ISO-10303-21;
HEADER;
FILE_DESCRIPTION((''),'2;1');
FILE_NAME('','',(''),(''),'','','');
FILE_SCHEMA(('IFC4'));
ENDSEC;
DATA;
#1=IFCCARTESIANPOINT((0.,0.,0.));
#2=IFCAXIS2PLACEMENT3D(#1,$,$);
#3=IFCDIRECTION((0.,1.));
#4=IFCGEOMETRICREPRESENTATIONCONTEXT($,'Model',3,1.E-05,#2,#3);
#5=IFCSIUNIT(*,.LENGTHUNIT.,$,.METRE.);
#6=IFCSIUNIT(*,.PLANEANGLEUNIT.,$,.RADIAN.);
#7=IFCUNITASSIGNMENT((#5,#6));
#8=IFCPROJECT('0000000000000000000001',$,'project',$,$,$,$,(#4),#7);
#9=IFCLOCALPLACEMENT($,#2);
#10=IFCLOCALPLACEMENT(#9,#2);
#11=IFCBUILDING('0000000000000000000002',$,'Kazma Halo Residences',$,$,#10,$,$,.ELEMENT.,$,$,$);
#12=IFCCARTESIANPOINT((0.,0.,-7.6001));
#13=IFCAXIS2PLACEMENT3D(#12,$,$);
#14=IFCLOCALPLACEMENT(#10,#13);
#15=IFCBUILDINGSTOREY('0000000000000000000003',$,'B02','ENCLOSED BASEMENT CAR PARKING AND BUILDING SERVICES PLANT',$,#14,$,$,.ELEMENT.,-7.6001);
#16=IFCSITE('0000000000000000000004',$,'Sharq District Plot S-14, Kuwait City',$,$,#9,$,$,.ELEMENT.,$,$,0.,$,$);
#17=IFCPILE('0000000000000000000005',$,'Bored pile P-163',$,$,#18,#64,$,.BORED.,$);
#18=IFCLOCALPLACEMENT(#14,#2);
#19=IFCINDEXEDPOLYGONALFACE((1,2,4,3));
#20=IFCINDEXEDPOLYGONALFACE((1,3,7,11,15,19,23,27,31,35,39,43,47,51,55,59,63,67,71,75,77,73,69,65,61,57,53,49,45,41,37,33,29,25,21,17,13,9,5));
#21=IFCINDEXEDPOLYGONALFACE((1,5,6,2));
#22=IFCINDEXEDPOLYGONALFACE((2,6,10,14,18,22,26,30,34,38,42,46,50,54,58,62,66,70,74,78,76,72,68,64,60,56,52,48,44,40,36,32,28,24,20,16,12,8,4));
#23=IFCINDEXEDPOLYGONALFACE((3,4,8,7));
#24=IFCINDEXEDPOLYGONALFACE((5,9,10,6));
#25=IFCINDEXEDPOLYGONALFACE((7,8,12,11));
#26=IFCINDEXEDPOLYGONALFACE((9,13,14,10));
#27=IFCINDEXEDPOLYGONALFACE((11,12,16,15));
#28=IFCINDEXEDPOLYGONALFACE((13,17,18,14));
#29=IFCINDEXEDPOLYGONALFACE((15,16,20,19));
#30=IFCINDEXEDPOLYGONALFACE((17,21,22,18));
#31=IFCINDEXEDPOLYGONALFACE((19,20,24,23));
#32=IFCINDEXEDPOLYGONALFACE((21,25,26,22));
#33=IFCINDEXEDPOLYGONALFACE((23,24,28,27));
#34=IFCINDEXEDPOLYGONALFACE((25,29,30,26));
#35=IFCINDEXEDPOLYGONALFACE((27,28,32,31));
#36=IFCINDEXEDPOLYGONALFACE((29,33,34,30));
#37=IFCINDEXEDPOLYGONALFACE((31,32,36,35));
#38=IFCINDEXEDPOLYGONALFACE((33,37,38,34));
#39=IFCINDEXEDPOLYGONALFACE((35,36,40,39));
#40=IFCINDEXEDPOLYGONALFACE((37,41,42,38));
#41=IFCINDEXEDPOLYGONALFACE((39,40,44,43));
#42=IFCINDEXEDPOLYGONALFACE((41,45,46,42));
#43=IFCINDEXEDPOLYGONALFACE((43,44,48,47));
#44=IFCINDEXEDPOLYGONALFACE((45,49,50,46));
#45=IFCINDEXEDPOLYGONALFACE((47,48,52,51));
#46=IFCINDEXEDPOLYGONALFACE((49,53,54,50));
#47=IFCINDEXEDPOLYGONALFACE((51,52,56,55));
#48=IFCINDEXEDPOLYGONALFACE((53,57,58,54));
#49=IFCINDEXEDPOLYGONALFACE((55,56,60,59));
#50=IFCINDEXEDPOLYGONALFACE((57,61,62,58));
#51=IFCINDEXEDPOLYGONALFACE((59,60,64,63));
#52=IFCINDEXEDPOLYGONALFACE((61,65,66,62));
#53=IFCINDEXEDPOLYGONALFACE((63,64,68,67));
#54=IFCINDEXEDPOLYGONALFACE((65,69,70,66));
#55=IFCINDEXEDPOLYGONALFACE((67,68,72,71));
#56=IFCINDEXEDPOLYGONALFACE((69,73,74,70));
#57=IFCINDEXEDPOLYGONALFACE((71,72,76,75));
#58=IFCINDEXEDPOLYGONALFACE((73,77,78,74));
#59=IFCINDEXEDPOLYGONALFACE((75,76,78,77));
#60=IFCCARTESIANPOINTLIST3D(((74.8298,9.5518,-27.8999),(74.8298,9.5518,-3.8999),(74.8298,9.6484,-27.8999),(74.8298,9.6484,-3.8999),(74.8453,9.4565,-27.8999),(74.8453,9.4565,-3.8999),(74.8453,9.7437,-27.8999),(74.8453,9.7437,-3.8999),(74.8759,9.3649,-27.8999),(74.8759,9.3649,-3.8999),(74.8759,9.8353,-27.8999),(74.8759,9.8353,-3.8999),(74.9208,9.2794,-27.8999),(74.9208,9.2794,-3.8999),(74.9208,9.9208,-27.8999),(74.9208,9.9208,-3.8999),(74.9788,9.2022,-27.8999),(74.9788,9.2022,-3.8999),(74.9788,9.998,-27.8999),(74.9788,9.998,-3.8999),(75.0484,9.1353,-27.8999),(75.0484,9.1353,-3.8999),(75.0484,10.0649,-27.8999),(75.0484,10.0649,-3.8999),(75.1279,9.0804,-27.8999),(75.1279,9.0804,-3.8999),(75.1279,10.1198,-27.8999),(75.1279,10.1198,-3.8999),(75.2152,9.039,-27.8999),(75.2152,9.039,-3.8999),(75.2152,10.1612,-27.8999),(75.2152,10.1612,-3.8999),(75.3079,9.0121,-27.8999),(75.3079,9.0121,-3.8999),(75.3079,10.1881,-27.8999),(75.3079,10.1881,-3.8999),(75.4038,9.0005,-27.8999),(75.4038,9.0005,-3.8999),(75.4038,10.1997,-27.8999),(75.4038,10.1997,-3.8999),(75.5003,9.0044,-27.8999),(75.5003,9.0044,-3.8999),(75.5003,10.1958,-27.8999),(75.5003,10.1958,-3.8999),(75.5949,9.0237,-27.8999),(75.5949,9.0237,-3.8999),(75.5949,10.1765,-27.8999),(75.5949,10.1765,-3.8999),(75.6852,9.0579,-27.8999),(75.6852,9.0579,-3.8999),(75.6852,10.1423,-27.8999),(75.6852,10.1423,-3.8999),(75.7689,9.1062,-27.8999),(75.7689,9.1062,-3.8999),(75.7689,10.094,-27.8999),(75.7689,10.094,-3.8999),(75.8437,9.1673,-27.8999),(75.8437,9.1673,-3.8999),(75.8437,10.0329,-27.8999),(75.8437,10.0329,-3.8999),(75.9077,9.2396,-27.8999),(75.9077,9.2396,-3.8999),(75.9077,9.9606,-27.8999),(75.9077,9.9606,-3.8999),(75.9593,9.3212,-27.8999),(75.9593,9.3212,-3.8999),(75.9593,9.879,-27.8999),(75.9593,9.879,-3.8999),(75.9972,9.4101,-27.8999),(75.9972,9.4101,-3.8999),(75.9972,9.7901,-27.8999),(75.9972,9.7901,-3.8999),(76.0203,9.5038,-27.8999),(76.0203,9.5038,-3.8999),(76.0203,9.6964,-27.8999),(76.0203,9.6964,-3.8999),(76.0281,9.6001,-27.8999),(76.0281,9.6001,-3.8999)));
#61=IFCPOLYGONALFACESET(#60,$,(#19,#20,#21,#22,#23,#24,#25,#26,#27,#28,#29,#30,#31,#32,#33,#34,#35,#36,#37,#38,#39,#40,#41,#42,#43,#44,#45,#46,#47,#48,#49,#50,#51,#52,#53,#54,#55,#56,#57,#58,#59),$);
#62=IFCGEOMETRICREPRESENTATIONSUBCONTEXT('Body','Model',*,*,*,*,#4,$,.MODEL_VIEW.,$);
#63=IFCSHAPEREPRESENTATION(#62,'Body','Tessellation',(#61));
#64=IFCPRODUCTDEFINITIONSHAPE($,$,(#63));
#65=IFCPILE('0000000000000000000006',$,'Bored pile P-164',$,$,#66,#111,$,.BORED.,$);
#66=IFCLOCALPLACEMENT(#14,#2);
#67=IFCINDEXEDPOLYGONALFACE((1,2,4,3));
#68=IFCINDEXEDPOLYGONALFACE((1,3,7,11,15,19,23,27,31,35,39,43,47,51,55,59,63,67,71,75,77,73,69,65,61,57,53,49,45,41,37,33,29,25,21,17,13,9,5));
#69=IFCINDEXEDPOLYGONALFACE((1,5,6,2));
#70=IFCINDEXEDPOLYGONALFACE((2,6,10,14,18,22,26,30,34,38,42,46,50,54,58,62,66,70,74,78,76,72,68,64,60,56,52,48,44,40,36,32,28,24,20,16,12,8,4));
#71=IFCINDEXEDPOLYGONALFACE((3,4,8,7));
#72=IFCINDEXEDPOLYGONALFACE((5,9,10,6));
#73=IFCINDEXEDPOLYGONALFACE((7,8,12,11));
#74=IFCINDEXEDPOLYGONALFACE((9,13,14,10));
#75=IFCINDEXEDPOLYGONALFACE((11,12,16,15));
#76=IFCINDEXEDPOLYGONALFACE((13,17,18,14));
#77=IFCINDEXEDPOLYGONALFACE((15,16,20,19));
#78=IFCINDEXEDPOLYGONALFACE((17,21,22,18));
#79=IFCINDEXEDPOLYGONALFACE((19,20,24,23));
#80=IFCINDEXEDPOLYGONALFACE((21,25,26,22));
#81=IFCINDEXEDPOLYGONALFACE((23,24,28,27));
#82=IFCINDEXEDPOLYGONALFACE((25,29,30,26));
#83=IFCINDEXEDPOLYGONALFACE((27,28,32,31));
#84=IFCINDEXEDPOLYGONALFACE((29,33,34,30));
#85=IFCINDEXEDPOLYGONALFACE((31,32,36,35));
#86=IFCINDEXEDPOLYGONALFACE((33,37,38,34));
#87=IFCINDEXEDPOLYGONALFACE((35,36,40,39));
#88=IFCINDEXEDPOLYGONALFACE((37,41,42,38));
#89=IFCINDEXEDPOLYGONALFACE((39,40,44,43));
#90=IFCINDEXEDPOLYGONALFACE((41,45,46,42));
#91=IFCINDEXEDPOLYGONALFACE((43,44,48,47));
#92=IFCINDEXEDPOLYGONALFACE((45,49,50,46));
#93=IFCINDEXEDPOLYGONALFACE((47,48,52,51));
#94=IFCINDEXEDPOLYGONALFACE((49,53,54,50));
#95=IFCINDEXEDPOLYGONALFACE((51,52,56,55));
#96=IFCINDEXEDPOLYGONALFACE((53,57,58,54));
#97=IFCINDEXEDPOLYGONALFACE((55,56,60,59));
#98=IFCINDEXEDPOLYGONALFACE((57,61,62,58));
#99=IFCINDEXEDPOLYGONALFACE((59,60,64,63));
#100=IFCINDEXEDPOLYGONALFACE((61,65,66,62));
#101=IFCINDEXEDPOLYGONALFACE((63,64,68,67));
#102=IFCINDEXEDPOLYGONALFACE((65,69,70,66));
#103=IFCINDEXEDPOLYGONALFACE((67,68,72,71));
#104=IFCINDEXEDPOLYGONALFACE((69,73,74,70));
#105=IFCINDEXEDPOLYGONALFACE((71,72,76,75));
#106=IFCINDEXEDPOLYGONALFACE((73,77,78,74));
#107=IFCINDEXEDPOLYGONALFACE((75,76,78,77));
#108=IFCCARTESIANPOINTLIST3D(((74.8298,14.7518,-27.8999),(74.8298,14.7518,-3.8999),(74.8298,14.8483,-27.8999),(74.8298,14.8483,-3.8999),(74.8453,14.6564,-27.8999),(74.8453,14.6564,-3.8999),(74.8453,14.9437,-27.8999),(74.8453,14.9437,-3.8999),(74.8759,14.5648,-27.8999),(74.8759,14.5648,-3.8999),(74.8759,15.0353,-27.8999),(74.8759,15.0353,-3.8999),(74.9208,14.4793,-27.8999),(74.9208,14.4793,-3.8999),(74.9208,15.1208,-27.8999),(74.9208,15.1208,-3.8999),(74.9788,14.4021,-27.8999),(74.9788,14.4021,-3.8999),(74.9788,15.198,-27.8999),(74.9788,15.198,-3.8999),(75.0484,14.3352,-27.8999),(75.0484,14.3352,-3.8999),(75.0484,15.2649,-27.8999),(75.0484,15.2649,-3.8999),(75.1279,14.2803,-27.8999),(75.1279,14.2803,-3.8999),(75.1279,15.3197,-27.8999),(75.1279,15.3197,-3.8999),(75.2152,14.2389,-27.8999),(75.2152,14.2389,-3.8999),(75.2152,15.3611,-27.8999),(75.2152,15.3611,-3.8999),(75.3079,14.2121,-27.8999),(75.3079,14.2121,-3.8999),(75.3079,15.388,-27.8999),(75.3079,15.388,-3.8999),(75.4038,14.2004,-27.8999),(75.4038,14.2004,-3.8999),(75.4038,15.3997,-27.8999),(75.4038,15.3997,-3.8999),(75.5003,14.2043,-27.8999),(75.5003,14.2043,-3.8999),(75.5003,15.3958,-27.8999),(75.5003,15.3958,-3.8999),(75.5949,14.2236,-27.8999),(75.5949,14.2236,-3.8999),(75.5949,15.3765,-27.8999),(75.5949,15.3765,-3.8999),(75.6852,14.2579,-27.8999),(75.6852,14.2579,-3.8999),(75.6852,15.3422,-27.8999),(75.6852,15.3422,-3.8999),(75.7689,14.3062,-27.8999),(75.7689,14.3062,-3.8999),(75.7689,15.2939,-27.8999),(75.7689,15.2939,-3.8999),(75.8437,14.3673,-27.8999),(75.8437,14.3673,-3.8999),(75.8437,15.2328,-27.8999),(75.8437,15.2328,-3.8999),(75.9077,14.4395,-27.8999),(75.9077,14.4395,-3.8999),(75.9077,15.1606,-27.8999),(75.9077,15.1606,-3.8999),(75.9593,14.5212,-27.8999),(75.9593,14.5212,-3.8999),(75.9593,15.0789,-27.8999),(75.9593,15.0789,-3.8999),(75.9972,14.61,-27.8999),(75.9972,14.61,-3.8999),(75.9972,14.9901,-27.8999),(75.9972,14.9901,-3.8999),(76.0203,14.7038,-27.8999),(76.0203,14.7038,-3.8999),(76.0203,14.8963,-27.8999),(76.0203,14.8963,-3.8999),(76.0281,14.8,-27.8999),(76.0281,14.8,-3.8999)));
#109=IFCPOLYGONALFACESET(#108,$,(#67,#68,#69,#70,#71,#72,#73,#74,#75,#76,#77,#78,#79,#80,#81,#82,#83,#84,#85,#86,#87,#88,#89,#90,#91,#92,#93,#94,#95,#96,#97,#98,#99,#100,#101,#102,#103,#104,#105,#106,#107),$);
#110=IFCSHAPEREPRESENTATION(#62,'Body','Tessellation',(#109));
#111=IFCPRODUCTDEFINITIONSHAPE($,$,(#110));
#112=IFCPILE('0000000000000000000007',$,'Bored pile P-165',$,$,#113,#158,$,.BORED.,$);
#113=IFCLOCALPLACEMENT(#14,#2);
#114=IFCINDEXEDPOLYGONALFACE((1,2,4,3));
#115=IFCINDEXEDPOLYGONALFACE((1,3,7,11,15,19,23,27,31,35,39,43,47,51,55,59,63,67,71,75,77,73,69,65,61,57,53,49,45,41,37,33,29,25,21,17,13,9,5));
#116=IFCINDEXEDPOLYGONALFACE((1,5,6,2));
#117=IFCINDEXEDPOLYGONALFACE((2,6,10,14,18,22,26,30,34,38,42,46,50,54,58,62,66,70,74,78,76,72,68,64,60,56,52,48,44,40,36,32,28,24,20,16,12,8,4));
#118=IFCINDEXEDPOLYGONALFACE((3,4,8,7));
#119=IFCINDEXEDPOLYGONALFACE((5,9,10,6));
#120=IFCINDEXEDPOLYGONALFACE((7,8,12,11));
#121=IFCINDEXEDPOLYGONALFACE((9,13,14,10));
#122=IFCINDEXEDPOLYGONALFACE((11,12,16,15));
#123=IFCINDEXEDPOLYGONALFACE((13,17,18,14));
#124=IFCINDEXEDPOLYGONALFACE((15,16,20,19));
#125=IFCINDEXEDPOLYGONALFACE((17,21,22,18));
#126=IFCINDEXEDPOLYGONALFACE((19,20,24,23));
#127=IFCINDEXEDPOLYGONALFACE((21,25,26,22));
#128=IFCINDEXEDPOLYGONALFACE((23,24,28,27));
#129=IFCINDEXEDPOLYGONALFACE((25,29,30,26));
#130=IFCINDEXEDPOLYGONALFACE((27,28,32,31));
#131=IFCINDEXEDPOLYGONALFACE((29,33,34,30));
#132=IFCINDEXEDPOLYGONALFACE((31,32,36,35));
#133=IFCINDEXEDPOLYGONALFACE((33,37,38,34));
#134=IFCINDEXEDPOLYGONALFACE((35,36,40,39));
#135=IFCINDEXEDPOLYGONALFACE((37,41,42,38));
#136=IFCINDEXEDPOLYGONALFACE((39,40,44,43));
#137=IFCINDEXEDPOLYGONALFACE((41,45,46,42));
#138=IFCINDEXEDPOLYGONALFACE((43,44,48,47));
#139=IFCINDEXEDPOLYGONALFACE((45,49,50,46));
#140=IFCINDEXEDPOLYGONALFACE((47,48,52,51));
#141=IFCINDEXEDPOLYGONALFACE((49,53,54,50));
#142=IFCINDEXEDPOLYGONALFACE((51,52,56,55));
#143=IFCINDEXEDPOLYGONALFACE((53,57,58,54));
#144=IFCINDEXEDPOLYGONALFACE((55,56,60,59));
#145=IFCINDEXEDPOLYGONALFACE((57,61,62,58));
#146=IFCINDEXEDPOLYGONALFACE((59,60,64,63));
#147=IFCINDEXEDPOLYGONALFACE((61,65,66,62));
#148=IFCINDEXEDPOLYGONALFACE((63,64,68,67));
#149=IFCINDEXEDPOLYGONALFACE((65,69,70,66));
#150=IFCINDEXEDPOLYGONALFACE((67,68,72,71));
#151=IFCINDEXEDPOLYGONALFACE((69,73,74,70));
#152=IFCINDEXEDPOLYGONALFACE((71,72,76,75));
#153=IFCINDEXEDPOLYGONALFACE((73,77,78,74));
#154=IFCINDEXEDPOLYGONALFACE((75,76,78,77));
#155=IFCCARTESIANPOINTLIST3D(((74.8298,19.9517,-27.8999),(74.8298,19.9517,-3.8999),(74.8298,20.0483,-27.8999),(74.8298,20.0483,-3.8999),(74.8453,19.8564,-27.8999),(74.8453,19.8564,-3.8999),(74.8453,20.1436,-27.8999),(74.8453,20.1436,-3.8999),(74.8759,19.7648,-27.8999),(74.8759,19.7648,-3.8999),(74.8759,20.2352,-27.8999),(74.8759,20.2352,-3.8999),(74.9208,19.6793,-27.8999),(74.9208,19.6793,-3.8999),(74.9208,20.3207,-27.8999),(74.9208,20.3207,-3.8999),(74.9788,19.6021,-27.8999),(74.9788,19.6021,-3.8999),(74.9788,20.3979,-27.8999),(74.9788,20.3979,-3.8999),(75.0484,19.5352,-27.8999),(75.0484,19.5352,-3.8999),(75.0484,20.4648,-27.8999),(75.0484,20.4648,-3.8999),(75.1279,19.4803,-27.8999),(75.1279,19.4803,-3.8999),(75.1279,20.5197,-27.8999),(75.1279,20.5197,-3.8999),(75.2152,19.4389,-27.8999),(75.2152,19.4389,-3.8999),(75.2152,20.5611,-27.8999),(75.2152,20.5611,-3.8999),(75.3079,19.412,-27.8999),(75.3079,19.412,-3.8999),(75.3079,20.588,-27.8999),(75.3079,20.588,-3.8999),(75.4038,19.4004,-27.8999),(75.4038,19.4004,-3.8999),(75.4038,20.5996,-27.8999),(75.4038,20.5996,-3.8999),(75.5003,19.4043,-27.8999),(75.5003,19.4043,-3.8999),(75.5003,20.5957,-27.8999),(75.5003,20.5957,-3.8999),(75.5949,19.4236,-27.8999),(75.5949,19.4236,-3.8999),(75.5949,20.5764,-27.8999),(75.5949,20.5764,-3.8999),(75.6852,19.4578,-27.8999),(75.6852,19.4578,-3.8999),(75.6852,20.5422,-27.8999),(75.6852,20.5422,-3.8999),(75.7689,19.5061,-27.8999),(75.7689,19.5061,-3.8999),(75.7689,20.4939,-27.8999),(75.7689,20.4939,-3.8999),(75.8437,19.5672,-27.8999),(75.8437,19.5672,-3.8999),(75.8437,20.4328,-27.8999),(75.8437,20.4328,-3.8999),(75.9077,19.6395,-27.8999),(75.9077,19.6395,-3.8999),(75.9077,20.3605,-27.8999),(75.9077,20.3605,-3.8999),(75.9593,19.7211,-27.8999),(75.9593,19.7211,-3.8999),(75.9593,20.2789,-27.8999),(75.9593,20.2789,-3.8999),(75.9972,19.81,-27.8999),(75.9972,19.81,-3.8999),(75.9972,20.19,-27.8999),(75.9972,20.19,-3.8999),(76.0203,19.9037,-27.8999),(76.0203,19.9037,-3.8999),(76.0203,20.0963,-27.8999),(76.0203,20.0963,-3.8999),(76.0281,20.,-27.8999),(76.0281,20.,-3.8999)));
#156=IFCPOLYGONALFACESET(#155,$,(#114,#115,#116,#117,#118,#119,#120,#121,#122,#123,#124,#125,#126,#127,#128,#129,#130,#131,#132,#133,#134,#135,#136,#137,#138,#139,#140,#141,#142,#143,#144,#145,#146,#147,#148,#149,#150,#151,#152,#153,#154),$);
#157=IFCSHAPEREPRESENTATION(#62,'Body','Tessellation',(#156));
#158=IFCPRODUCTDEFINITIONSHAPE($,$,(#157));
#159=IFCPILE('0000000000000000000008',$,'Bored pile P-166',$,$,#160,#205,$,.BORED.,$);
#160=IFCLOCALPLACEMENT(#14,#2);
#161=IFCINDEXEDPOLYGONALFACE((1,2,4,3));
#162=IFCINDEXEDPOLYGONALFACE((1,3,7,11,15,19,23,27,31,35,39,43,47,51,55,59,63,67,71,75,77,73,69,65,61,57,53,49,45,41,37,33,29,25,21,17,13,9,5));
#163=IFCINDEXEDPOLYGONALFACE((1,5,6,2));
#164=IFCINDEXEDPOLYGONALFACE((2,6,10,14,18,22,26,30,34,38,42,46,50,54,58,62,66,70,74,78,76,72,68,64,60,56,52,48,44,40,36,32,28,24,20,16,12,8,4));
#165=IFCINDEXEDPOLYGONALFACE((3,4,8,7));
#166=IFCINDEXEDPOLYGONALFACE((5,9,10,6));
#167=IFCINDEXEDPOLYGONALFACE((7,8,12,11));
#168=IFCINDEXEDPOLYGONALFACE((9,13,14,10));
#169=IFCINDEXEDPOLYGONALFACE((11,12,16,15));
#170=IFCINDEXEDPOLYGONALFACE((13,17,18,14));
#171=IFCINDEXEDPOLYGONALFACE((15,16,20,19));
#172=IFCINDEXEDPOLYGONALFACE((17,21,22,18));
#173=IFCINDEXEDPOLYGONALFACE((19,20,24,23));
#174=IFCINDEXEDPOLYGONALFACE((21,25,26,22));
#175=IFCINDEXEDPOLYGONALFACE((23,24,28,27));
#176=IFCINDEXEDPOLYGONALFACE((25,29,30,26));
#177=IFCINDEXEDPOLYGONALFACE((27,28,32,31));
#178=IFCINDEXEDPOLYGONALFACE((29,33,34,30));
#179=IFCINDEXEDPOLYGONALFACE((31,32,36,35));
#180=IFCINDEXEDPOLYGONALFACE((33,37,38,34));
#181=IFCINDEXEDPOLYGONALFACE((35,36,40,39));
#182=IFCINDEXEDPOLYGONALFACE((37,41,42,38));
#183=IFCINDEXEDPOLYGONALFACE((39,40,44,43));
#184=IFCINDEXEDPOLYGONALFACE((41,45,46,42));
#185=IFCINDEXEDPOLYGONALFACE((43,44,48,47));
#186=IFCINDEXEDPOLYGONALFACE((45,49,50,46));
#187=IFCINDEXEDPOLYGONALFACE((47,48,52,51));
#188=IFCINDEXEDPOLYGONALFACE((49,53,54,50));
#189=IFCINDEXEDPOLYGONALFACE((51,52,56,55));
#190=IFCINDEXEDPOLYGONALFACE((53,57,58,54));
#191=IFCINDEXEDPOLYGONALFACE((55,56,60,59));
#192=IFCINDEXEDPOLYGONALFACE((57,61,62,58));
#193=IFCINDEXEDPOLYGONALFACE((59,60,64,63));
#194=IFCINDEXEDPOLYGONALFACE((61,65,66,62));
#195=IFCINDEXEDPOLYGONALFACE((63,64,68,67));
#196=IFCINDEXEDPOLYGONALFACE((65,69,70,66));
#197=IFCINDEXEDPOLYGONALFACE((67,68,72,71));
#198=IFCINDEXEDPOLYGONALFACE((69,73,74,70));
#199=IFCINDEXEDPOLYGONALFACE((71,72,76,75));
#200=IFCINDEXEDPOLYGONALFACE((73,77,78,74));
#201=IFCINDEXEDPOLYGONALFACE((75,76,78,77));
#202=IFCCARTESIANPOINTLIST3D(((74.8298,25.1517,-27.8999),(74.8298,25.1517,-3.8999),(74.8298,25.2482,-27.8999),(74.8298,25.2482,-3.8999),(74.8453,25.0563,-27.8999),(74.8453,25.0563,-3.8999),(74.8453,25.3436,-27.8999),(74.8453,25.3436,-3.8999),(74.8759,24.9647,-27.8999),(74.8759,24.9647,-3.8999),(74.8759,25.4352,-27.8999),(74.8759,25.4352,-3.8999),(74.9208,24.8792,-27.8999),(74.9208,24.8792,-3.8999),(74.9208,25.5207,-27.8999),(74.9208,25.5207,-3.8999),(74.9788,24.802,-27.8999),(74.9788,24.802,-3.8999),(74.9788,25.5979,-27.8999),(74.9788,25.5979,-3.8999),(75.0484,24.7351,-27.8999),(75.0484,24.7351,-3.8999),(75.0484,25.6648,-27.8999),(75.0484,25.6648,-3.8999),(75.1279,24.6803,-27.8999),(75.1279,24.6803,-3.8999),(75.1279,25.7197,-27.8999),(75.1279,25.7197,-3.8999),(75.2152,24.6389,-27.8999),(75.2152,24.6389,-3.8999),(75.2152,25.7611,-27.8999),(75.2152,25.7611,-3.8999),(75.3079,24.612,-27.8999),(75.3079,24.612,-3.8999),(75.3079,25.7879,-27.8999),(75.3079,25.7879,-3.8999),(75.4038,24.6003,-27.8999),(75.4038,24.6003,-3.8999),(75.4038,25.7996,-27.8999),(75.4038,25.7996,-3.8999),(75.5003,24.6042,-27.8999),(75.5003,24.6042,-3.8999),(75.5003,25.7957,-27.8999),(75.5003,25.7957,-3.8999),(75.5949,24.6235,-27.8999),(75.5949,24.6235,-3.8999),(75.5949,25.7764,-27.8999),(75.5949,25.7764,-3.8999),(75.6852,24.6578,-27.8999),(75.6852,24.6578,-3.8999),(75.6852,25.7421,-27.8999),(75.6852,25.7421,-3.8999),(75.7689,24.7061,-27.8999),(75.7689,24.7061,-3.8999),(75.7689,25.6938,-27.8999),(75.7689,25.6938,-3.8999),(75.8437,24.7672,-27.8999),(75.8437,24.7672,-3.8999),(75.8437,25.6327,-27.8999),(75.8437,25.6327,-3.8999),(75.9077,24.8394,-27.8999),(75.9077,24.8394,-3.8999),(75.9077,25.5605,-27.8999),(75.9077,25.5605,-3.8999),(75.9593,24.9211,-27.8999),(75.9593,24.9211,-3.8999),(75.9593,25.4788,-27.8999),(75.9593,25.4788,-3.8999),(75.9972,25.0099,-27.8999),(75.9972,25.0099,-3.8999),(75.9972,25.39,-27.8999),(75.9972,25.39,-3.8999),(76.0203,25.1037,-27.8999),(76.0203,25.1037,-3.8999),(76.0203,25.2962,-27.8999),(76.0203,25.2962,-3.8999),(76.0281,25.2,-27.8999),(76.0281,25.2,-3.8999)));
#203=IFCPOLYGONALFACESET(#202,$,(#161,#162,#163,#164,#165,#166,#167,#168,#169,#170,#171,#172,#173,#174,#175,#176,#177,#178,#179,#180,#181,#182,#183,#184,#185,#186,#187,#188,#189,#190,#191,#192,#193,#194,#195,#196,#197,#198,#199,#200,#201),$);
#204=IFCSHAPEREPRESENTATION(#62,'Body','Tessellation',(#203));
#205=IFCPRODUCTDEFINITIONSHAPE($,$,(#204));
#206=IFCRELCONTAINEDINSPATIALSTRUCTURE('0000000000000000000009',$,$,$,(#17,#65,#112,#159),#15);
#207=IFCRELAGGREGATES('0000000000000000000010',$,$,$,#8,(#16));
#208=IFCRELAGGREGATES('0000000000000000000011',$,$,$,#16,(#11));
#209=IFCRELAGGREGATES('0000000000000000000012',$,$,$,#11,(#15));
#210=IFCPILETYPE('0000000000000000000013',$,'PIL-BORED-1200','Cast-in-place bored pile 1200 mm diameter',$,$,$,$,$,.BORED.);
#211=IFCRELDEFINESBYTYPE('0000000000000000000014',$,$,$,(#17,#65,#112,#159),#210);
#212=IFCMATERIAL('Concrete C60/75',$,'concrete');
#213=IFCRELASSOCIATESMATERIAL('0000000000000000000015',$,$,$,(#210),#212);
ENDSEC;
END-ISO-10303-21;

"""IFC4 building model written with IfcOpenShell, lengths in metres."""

from ifc_helpers import new_model, si_unit, direction, frame, origin, origin_2d, place, context, subcontext, project, spatial, circle, extrude, material, material_profile, profile_set, type_object, element, save


model = new_model("IFC4")

# Units and contexts
model_context = context("Model", 3, precision=1e-05, world=origin(), true_north=direction((0.0, 1.0)))
body_context = subcontext(model_context, "Body", "Model", "MODEL_VIEW")
ifc_project = project(units=[si_unit("LENGTHUNIT", "METRE"), si_unit("PLANEANGLEUNIT", "RADIAN")], contexts=[model_context])

# Site, building, storey
site_placement = place(None, origin())
site = spatial("IfcSite", under=ifc_project, at=site_placement, Name="Sharq District Plot S-14, Kuwait City", CompositionType="ELEMENT", RefElevation=0.0)
building_placement = place(site_placement, origin())
building = spatial("IfcBuilding", under=site, at=building_placement, Name="Kazma Halo Residences", CompositionType="ELEMENT")
storey_placement = place(building_placement, frame((0.0, 0.0, -7.6001)))
storey = spatial("IfcBuildingStorey", under=building, at=storey_placement, Name="B02", Description="ENCLOSED BASEMENT CAR PARKING AND BUILDING SERVICES PLANT", CompositionType="ELEMENT", Elevation=-7.6001)

# Piles
ifc_material_1 = material(Name="Concrete C60/75", Category="concrete")
ifc_material_profile_1 = material_profile(ifc_material_1, circle(Radius=0.6001, at=origin_2d()), Name="CIRC1200")
ifc_profile_set_1 = profile_set([ifc_material_profile_1], Name="Concrete C60/75")
pile_type = type_object("IfcPileType", Name="PIL-BORED-1200", Description="Cast-in-place bored pile 1200 mm diameter", PredefinedType="BORED", material=ifc_profile_set_1)
for number, where, z_axis, x_axis, name in (
    (1, (75.428, 9.6001, -3.8999), (0.0, 0.0, -1.0), (1.0, 0.0, 0.0), "Bored pile P-163"),
    (2, (75.428, 14.8, -3.8999), (0.0, 0.0, -1.0), (1.0, 0.0, 0.0), "Bored pile P-164"),
    (3, (75.428, 20.0, -3.8999), (0.0, 0.0, -1.0), (1.0, 0.0, 0.0), "Bored pile P-165"),
    (4, (75.428, 25.2, -3.8999), (0.0, 0.0, -1.0), (1.0, 0.0, 0.0), "Bored pile P-166"),
):
    element("IfcPile", number, at=place(storey_placement, frame(where, z_axis=z_axis, x_axis=x_axis)), inside=storey, type_object=pile_type, Name=name, PredefinedType="BORED", context=body_context, shape_type="SweptSolid", body=[
        extrude(circle(Radius=0.6001, at=origin_2d()), origin(), (0.0, 0.0, 1.0), 24.0),
    ])

save(model, "model.ifc")
